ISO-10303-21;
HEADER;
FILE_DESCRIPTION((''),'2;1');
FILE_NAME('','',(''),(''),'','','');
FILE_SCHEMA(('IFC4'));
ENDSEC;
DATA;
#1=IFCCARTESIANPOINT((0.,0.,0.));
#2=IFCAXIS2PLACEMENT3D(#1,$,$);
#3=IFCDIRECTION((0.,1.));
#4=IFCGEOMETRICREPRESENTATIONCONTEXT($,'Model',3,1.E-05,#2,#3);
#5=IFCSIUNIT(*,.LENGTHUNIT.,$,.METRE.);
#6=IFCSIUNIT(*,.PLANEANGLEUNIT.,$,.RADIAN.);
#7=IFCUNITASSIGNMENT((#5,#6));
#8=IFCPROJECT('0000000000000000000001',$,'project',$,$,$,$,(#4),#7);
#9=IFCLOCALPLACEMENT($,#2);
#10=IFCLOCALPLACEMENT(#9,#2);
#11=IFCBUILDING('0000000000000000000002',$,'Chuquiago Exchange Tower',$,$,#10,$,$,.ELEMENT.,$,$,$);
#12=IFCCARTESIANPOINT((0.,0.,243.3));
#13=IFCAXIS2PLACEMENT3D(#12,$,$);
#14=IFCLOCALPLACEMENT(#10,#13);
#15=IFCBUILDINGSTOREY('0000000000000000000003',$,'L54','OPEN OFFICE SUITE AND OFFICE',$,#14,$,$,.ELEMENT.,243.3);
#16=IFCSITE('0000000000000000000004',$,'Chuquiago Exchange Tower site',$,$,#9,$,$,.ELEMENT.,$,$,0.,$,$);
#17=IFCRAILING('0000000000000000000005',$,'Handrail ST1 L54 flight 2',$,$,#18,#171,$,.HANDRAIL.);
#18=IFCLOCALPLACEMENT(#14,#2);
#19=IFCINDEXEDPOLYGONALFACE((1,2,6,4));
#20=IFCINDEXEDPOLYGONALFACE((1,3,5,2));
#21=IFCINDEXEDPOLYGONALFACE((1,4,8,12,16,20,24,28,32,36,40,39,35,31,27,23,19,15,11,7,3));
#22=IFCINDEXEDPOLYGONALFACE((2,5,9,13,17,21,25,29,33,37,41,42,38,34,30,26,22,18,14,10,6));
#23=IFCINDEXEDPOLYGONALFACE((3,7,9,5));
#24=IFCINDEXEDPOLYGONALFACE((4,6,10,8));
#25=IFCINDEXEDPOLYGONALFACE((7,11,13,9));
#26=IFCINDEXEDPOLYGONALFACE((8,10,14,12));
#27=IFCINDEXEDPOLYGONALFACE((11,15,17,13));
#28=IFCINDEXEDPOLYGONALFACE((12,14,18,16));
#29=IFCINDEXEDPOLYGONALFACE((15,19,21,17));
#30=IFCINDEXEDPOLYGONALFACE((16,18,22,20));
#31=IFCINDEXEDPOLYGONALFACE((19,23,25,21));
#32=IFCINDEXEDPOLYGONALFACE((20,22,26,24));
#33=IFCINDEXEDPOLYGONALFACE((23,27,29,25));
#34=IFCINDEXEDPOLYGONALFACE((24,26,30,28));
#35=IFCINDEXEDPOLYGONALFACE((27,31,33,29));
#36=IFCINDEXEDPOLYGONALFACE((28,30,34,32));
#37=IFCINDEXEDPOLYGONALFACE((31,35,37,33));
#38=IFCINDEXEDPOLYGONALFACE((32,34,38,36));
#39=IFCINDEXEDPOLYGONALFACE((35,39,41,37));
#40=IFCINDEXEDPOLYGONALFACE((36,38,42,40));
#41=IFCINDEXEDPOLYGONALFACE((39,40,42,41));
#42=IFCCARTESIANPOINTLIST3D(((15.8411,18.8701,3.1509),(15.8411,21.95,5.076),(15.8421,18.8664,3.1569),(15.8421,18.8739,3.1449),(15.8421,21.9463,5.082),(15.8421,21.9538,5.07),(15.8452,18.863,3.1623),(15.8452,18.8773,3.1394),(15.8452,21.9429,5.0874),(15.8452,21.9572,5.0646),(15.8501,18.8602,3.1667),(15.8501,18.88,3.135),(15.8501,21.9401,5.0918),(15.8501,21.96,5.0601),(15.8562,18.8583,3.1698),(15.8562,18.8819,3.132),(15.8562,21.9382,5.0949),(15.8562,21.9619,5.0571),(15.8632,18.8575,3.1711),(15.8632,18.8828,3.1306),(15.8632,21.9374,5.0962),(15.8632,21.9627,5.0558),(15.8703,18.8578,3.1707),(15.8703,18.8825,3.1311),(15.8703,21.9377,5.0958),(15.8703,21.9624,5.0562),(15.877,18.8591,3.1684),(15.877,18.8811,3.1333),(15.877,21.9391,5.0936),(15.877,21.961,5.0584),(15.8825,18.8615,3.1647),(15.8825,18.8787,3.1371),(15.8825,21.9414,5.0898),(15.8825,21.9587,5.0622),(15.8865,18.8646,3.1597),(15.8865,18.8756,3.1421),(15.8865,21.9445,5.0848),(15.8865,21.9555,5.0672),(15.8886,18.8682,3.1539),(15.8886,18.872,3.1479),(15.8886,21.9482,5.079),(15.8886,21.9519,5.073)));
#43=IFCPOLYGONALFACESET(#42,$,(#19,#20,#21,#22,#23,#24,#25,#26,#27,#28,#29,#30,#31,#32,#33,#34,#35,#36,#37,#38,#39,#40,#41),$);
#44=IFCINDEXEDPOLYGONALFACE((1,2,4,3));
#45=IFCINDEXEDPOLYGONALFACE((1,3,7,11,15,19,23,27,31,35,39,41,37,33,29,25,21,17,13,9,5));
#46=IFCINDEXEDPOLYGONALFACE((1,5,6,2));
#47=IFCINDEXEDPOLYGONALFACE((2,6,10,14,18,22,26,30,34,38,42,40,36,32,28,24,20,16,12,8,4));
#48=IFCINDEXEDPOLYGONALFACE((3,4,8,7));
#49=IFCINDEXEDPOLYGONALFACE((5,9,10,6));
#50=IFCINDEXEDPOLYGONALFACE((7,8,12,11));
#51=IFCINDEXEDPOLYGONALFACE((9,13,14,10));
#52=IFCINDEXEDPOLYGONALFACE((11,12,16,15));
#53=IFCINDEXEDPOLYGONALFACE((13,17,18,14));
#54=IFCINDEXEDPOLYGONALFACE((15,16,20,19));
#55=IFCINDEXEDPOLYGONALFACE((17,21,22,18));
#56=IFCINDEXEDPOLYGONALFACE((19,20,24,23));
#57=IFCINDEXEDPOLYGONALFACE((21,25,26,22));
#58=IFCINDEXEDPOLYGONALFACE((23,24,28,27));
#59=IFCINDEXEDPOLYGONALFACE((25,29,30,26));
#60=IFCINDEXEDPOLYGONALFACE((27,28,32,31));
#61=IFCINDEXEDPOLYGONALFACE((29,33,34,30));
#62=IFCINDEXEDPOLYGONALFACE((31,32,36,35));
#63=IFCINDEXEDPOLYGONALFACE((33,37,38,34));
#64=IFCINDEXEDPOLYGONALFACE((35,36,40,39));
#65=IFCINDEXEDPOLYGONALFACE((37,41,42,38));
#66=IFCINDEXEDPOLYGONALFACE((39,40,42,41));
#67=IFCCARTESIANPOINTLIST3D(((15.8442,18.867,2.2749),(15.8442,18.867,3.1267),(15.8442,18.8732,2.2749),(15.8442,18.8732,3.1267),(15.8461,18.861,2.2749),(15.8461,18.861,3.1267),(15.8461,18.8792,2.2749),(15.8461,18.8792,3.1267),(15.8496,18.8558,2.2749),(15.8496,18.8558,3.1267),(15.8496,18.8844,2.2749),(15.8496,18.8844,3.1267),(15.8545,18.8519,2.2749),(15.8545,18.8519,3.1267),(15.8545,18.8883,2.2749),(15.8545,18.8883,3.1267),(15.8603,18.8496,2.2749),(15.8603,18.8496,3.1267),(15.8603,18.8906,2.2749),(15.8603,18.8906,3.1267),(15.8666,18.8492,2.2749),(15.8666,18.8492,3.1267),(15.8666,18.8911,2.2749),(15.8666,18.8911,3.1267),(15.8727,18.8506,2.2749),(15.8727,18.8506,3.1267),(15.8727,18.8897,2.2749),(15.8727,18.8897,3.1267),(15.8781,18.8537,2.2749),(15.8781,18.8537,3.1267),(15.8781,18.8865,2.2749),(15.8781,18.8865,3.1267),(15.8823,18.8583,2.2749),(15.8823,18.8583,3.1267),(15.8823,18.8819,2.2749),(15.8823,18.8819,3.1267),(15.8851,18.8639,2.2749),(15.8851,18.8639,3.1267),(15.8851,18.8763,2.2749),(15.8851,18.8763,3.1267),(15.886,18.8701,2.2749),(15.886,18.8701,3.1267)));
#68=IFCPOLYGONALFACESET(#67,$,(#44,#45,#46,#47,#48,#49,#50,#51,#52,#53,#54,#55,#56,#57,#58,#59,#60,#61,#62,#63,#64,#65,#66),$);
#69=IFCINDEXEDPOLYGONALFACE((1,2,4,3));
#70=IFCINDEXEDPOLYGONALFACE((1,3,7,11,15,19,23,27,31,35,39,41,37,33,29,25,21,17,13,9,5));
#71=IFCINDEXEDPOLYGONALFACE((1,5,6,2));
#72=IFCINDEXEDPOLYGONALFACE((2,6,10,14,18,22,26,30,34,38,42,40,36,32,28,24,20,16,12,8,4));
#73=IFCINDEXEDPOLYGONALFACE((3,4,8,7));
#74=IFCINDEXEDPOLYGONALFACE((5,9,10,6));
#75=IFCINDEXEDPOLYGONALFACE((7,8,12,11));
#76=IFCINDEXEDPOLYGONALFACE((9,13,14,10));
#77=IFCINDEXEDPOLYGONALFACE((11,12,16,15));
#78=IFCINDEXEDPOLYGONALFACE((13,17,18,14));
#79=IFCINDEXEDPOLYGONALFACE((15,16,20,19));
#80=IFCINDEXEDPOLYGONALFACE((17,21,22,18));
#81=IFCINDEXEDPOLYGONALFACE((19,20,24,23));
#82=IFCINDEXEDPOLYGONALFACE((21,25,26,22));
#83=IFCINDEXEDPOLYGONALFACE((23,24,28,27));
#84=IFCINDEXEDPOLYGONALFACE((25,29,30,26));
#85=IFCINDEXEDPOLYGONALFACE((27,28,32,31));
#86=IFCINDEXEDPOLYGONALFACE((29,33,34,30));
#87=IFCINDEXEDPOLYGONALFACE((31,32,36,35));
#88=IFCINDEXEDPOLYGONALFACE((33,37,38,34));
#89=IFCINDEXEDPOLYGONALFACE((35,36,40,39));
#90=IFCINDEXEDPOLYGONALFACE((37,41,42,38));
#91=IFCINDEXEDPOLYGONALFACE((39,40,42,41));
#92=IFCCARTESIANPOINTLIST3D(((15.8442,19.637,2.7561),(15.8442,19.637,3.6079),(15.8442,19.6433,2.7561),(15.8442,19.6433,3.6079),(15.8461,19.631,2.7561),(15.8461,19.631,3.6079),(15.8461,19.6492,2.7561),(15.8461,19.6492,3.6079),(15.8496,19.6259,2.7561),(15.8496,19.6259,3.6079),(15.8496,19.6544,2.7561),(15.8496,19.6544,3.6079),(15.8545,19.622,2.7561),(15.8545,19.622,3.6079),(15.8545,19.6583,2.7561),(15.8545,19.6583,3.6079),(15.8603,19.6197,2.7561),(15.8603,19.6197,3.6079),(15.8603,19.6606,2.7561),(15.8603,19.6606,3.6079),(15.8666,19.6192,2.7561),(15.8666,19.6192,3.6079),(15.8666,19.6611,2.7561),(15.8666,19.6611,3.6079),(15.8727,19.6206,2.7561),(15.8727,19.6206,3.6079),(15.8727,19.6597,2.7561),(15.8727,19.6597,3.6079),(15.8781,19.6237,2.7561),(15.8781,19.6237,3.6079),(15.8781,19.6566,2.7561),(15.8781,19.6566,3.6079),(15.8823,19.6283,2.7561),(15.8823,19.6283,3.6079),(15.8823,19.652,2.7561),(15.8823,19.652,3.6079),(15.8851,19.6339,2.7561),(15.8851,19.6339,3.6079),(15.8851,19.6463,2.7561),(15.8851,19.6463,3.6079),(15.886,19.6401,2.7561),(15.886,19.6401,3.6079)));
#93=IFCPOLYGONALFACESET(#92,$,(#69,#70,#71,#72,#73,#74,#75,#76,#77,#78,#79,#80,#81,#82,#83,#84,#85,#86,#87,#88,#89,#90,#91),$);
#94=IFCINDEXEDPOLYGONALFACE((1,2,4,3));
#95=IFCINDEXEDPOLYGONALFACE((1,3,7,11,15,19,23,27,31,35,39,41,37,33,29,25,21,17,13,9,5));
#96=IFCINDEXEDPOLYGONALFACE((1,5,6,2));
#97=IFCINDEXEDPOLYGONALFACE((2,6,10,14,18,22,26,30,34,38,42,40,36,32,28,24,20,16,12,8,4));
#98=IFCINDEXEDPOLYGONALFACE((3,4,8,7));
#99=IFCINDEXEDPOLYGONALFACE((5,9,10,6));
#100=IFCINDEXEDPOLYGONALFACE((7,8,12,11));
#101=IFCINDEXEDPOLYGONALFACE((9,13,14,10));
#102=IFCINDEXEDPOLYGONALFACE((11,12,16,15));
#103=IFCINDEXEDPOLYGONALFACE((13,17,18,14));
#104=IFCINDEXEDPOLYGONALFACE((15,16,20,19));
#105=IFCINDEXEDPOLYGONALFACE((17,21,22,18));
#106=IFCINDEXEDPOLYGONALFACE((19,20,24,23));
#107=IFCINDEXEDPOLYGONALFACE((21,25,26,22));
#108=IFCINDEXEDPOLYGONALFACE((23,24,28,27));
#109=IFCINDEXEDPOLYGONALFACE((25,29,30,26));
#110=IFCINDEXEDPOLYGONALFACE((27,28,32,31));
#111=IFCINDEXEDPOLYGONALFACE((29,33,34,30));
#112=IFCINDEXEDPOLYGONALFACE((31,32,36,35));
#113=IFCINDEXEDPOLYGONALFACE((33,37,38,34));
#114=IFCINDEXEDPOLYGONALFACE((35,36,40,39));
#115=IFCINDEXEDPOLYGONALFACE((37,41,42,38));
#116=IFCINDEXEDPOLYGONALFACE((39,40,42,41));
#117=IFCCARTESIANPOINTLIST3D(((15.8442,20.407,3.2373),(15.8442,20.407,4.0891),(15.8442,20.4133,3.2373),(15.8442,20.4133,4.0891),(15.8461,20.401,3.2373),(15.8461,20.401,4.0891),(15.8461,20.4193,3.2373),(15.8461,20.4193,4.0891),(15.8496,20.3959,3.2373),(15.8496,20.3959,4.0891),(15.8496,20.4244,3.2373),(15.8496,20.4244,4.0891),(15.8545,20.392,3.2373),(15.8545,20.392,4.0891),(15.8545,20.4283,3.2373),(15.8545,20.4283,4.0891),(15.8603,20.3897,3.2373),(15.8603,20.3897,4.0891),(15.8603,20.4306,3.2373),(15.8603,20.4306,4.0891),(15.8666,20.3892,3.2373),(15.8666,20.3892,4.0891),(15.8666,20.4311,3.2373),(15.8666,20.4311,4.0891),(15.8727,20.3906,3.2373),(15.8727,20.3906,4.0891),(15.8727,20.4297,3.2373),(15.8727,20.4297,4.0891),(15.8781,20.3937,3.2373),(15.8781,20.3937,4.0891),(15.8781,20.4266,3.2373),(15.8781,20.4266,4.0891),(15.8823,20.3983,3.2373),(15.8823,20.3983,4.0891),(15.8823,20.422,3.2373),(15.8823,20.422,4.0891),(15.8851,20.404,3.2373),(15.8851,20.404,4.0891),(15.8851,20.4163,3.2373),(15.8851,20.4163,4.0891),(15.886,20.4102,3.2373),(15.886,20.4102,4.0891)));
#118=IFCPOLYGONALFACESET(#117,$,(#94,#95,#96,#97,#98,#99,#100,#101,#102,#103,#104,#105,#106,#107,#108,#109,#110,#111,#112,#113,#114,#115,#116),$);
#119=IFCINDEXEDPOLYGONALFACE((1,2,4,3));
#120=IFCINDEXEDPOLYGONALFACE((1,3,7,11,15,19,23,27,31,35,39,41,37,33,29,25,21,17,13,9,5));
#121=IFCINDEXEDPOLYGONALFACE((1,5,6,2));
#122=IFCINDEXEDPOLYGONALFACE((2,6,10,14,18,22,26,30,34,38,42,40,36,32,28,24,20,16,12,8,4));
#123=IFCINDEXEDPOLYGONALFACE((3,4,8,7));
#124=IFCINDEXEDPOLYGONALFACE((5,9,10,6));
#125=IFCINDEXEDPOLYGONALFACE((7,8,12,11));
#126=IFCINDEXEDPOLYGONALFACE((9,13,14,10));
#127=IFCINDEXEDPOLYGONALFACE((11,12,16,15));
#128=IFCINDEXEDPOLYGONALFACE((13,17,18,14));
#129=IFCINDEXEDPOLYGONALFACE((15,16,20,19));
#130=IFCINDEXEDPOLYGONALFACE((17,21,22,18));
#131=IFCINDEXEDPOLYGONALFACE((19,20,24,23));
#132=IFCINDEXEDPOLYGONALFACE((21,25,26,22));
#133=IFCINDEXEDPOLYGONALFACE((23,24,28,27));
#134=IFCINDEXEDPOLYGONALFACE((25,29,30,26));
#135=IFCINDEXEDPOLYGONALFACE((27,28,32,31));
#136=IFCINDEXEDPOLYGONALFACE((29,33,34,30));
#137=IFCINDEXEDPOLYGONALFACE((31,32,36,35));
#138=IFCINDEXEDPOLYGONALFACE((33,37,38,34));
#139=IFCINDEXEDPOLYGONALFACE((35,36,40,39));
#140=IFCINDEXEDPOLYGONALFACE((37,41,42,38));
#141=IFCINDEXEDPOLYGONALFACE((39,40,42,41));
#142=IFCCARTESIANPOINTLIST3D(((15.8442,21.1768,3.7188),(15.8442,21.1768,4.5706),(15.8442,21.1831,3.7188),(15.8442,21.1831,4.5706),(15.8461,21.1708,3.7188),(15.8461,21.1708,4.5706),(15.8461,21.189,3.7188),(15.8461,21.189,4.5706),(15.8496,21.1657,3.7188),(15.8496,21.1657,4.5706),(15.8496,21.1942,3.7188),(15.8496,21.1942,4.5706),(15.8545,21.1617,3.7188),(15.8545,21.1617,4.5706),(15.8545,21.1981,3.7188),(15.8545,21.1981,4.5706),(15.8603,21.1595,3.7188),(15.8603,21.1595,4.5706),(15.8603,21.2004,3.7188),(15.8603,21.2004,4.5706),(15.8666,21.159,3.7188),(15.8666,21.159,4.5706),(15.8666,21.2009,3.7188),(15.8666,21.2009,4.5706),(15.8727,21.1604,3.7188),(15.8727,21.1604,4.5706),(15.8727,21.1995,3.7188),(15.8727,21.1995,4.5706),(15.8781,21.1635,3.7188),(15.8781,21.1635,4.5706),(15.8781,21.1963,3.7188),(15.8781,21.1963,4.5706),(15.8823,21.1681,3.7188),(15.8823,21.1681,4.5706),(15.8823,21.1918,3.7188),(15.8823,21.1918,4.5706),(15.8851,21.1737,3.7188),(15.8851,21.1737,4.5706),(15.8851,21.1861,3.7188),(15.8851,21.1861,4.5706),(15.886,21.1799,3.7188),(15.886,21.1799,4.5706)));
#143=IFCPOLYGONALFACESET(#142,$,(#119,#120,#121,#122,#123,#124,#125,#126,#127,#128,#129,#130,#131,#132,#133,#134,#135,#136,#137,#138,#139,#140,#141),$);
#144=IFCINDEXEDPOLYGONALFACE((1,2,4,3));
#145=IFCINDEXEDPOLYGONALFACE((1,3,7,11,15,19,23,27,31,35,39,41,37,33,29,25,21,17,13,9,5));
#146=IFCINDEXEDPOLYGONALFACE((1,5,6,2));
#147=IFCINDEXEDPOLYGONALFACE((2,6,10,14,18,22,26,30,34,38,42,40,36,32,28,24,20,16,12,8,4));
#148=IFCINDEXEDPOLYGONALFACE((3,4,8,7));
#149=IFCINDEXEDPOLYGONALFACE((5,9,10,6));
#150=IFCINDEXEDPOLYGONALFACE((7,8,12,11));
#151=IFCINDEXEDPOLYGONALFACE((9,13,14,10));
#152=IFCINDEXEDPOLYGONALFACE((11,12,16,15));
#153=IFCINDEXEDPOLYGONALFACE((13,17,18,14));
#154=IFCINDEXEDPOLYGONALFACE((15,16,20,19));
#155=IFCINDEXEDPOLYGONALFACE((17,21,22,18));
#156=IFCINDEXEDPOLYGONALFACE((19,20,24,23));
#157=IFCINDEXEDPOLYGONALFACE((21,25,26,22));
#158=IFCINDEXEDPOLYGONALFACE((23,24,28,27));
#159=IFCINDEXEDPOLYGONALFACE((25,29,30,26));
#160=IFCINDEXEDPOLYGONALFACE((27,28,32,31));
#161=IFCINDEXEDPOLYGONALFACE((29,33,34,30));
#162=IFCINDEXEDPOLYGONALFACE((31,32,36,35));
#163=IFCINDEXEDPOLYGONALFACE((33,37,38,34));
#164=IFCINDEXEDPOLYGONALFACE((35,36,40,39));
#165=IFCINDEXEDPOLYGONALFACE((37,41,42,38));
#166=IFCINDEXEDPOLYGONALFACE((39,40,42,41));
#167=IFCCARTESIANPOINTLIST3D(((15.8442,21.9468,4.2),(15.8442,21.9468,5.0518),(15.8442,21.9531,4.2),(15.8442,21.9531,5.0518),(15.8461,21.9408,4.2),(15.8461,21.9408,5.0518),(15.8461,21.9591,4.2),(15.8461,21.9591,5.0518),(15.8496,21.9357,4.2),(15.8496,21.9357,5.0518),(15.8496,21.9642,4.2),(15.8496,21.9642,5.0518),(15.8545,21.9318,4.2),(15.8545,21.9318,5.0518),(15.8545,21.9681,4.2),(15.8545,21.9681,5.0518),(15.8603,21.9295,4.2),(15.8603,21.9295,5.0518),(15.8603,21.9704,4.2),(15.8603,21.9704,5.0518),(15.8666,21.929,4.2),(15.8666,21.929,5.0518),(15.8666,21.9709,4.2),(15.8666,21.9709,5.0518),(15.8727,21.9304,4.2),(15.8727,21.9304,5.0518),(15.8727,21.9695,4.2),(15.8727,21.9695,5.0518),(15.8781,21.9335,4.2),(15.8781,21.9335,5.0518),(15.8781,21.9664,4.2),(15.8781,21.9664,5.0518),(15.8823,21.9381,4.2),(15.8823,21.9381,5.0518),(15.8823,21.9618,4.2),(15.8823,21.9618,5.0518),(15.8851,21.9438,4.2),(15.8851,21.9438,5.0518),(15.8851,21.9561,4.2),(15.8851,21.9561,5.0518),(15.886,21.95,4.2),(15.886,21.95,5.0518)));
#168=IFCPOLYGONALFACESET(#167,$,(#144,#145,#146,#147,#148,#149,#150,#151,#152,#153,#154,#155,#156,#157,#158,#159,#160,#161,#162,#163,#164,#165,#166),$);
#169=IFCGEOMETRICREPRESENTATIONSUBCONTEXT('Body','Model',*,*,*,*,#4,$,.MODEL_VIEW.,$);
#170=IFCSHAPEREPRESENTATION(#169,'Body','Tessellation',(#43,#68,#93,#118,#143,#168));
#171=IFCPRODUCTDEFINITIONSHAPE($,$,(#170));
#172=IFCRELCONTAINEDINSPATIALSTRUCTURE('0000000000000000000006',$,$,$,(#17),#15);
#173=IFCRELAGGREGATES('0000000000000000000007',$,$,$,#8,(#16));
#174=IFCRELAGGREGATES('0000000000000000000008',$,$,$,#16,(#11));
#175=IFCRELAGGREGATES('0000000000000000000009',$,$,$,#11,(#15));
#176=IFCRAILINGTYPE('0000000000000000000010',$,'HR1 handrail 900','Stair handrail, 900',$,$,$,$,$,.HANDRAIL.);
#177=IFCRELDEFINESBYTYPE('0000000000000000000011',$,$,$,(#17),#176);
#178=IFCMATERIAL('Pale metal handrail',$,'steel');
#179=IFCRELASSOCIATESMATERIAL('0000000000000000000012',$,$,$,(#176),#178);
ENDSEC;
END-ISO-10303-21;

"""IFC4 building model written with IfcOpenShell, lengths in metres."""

from ifc_helpers import new_model, si_unit, direction, frame, origin, origin_2d, place, context, subcontext, project, spatial, circle, extrude, material, type_object, element, save


model = new_model("IFC4")

# Units and contexts
model_context = context("Model", 3, precision=1e-05, world=origin(), true_north=direction((0.0, 1.0)))
body_context = subcontext(model_context, "Body", "Model", "MODEL_VIEW")
ifc_project = project(units=[si_unit("LENGTHUNIT", "METRE"), si_unit("PLANEANGLEUNIT", "RADIAN")], contexts=[model_context])

# Site, building, storey
site_placement = place(None, origin())
site = spatial("IfcSite", under=ifc_project, at=site_placement, Name="Chuquiago Exchange Tower site", CompositionType="ELEMENT", RefElevation=0.0)
building_placement = place(site_placement, origin())
building = spatial("IfcBuilding", under=site, at=building_placement, Name="Chuquiago Exchange Tower", CompositionType="ELEMENT")
storey_placement = place(building_placement, frame((0.0, 0.0, 243.3)))
storey = spatial("IfcBuildingStorey", under=building, at=storey_placement, Name="L54", Description="OPEN OFFICE SUITE AND OFFICE", CompositionType="ELEMENT", Elevation=243.3)

# Railing
ifc_material_1 = material(Name="Pale metal handrail", Category="steel")
railing_type_1 = type_object("IfcRailingType", Name="HR1 handrail 900", Description="Stair handrail, 900", PredefinedType="HANDRAIL", material=ifc_material_1)
for number, where, name in (
    (1, (15.865, 18.8701, 2.2749), "Handrail ST1 L54 flight 2"),
):
    element("IfcRailing", number, at=place(storey_placement, frame(where)), inside=storey, type_object=railing_type_1, Name=name, PredefinedType="HANDRAIL", context=body_context, shape_type="SweptSolid", body=[
        extrude(circle(Radius=0.0239, at=origin_2d()), frame((0.0, 0.0, 0.876), z_axis=(0.0, 0.847979, 0.530029), x_axis=(-1.0, 0.0, 0.0)), (0.0, 0.0, 1.0), 3.6321),
        extrude(circle(Radius=0.021, at=origin_2d()), origin(), (0.0, 0.0, 1.0), 0.8518),
        extrude(circle(Radius=0.021, at=origin_2d()), frame((0.0, 0.77, 0.4812)), (0.0, 0.0, 1.0), 0.8518),
        extrude(circle(Radius=0.021, at=origin_2d()), frame((0.0, 1.54, 0.9624)), (0.0, 0.0, 1.0), 0.8518),
        extrude(circle(Radius=0.021, at=origin_2d()), frame((0.0, 2.3098, 1.4438)), (0.0, 0.0, 1.0), 0.8518),
        extrude(circle(Radius=0.021, at=origin_2d()), frame((0.0, 3.0798, 1.925)), (0.0, 0.0, 1.0), 0.8518),
    ])

save(model, "model.ifc")
